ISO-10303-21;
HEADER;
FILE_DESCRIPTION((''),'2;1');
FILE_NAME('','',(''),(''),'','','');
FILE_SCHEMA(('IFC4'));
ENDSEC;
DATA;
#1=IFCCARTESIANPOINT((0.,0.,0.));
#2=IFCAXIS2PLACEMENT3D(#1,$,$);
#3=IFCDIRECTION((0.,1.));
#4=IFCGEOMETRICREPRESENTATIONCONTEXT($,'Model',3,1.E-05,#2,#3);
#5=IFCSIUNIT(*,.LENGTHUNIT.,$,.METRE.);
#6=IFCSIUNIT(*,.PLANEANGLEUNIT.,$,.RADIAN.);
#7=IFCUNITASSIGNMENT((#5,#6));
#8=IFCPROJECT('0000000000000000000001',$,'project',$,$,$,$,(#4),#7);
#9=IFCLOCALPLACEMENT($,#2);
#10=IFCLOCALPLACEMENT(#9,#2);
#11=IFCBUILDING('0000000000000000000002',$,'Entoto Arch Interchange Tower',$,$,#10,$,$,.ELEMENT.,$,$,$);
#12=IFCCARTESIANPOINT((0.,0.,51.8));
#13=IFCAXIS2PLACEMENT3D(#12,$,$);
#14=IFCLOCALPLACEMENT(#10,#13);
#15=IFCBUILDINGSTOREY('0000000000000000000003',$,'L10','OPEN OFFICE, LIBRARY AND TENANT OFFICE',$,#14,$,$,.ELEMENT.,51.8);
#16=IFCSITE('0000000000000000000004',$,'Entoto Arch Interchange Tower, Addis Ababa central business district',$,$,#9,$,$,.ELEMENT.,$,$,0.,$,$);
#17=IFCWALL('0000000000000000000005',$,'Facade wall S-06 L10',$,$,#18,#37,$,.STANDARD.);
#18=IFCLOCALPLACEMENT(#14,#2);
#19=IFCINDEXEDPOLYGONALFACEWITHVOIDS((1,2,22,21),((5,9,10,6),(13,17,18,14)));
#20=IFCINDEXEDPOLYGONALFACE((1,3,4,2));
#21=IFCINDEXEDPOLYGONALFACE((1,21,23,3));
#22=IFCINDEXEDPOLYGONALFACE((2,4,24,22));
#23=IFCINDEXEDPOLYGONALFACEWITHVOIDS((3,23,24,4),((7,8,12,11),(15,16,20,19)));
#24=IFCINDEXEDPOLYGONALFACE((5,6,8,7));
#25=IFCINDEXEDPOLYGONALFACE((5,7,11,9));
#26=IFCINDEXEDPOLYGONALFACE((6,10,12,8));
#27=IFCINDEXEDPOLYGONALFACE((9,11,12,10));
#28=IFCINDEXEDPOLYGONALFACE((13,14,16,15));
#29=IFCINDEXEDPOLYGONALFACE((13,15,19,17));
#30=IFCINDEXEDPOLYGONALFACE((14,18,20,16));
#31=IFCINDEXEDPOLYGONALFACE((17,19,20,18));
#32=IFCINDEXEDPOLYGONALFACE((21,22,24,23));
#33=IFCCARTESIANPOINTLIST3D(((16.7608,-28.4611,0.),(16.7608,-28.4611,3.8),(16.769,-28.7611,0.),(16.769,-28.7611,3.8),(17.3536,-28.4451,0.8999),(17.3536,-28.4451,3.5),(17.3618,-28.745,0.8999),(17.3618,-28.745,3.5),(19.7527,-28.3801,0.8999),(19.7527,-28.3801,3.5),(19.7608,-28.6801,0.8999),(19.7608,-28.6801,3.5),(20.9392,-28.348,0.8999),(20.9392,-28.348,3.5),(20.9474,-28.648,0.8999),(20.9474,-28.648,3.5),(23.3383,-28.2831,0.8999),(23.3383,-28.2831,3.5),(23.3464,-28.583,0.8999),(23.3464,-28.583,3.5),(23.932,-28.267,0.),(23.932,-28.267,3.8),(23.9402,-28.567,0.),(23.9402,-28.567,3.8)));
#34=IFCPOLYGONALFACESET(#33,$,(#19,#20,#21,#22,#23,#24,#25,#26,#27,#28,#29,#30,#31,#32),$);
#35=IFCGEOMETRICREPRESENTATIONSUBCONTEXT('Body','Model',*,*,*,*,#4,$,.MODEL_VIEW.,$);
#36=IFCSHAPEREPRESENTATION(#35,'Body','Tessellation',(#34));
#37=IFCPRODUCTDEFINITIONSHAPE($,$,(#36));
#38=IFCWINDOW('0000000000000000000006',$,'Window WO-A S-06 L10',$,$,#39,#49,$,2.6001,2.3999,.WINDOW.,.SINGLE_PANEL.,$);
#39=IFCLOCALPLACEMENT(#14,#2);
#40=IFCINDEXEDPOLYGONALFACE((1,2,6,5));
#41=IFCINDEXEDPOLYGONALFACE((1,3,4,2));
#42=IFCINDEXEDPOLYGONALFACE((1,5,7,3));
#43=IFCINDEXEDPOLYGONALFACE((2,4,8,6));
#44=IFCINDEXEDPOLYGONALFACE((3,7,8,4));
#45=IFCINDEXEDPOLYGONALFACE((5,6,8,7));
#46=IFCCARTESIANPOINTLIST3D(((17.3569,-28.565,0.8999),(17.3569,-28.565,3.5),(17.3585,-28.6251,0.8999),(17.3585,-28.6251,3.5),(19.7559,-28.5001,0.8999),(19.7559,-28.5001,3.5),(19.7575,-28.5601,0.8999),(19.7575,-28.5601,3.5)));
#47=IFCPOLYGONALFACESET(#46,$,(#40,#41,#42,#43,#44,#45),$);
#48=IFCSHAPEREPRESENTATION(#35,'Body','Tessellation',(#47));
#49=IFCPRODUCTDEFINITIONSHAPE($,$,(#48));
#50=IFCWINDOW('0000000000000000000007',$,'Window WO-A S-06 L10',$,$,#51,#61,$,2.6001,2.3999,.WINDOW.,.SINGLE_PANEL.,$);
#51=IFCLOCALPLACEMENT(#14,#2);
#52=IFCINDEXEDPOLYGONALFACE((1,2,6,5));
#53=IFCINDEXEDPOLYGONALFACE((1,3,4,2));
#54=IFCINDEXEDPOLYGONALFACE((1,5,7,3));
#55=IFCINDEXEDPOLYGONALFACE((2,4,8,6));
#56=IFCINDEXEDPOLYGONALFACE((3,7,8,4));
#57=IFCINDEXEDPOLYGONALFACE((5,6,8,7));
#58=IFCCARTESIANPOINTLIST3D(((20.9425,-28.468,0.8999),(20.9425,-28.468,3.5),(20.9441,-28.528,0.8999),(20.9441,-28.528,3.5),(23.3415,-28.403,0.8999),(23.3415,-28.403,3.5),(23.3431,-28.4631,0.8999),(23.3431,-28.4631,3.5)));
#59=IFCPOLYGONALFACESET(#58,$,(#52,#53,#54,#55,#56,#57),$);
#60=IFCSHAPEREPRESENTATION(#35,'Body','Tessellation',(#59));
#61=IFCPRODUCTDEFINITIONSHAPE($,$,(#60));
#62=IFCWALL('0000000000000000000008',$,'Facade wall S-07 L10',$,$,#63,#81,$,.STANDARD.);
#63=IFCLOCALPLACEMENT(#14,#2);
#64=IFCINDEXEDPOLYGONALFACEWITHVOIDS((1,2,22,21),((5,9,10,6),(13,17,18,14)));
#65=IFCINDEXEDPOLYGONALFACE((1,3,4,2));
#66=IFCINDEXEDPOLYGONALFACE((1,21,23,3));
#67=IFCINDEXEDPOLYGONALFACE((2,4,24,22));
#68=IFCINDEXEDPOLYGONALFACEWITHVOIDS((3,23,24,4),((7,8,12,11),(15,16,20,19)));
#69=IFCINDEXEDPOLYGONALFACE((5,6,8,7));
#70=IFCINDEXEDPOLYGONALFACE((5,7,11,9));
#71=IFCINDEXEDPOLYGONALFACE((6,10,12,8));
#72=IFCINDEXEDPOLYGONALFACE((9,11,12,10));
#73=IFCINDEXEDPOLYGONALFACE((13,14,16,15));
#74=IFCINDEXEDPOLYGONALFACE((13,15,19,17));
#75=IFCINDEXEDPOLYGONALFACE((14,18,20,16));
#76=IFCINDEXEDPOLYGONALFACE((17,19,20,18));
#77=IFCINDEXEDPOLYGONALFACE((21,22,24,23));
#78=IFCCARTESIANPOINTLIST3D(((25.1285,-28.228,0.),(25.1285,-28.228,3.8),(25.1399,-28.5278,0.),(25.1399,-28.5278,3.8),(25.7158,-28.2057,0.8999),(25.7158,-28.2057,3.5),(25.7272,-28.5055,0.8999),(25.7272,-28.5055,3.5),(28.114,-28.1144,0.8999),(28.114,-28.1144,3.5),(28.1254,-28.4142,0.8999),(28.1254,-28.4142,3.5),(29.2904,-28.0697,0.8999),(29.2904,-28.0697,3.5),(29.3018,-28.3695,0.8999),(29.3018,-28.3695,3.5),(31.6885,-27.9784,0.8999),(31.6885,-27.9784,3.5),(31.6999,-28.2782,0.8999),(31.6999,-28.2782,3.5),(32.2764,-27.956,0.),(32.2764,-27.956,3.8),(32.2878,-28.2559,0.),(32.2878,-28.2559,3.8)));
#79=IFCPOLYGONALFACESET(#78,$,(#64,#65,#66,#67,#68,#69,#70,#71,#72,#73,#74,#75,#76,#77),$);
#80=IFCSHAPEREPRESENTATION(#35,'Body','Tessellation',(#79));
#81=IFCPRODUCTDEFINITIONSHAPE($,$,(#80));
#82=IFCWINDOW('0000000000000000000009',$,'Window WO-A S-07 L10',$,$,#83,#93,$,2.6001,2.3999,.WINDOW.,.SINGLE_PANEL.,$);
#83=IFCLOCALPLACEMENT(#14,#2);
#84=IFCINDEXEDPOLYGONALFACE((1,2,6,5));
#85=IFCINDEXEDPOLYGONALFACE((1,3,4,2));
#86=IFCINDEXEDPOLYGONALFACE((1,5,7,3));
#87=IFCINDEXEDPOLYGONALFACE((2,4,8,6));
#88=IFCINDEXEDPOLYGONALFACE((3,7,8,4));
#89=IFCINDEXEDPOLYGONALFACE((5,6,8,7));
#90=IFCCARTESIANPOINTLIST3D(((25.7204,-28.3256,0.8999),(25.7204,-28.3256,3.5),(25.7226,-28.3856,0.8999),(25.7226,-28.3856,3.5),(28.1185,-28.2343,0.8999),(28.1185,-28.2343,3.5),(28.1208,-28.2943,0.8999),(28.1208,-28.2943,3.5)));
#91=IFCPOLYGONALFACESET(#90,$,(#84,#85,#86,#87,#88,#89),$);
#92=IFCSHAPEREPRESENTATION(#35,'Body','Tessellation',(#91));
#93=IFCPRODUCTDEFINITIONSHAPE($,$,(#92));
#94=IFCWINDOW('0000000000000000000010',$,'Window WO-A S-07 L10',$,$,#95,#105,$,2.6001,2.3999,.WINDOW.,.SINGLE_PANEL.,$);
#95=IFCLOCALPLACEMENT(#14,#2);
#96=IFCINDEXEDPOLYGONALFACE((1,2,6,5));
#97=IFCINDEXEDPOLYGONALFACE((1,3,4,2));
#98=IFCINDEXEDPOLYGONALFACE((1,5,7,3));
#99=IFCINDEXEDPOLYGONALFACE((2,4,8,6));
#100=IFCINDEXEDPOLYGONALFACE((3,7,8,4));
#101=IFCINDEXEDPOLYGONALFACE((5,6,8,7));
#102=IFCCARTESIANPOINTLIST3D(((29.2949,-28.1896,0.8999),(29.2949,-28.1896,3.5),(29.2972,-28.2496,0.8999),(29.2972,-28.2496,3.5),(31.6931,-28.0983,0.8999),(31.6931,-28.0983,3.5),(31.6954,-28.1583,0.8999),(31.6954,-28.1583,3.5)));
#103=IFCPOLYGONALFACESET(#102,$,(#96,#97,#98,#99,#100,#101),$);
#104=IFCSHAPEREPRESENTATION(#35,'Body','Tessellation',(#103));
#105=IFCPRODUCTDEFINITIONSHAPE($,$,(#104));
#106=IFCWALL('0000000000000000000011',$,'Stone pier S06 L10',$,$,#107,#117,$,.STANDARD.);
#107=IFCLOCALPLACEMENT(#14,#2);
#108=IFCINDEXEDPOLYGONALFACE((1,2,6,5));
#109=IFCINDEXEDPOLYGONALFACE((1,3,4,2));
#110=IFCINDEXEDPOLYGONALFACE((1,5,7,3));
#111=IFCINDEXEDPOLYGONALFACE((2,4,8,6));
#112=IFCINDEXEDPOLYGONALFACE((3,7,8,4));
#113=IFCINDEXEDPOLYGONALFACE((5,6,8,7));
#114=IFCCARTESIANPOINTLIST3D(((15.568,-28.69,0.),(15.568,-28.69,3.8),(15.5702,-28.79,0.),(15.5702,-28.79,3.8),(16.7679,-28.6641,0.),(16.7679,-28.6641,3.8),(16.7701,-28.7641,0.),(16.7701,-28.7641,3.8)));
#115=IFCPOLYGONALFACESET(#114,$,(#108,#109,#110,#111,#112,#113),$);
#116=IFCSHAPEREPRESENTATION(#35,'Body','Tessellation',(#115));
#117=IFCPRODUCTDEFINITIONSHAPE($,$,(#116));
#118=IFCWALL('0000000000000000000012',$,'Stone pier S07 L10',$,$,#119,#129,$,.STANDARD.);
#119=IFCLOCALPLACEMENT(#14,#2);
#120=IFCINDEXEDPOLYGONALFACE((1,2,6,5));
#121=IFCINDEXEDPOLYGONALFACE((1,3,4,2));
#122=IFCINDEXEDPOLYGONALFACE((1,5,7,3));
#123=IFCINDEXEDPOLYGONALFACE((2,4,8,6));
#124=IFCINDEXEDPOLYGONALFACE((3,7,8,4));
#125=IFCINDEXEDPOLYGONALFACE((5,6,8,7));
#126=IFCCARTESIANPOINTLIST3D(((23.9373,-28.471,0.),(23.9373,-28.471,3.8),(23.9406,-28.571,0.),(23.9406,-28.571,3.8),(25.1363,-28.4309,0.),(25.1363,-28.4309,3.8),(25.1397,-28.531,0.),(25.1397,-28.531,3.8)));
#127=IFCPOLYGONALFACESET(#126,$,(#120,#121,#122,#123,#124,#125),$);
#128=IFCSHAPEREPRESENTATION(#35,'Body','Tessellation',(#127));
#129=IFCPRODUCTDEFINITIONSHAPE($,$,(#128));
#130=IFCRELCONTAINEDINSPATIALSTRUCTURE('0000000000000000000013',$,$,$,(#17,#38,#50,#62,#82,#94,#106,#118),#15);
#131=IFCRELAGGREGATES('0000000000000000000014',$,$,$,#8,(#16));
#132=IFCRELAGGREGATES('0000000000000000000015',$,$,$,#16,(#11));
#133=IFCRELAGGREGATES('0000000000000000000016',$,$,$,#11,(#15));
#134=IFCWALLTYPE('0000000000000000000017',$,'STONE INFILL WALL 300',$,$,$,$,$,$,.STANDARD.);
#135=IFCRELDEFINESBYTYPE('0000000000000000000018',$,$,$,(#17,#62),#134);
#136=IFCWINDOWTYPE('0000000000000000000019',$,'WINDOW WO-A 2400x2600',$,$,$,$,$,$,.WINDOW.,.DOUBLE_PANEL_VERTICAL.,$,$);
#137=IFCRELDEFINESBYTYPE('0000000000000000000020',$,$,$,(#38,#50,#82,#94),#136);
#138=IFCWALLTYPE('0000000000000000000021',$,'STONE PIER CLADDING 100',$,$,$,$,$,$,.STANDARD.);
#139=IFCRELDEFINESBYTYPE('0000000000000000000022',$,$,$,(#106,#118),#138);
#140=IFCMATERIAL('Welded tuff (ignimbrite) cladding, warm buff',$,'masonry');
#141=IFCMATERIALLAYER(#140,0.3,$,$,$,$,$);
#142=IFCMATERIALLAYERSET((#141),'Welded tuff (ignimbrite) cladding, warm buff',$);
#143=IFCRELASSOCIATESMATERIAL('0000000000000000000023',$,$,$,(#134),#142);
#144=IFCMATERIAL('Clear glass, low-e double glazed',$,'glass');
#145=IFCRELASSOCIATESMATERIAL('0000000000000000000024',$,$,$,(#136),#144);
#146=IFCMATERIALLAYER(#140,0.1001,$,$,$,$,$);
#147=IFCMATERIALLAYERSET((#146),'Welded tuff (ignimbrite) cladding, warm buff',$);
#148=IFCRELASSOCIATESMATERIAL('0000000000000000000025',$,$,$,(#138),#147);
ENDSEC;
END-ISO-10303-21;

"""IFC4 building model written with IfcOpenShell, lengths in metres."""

from ifc_helpers import new_model, si_unit, direction, frame, frame_2d, origin, place, context, subcontext, project, spatial, rectangle, extrude, material, layer, layer_set, type_object, element, fill, save


model = new_model("IFC4")

# Units and contexts
model_context = context("Model", 3, precision=1e-05, world=origin(), true_north=direction((0.0, 1.0)))
body_context = subcontext(model_context, "Body", "Model", "MODEL_VIEW")
ifc_project = project(units=[si_unit("LENGTHUNIT", "METRE"), si_unit("PLANEANGLEUNIT", "RADIAN")], contexts=[model_context])

# Site, building, storey
site_placement = place(None, origin())
site = spatial("IfcSite", under=ifc_project, at=site_placement, Name="Entoto Arch Interchange Tower, Addis Ababa central business district", CompositionType="ELEMENT", RefElevation=0.0)
building_placement = place(site_placement, origin())
building = spatial("IfcBuilding", under=site, at=building_placement, Name="Entoto Arch Interchange Tower", CompositionType="ELEMENT")
storey_placement = place(building_placement, frame((0.0, 0.0, 51.8)))
storey = spatial("IfcBuildingStorey", under=building, at=storey_placement, Name="L10", Description="OPEN OFFICE, LIBRARY AND TENANT OFFICE", CompositionType="ELEMENT", Elevation=51.8)

# Walls, openings, windows
ifc_material_1 = material(Name="Welded tuff (ignimbrite) cladding, warm buff", Category="masonry")
ifc_layer_1 = layer(ifc_material_1, 0.3)
ifc_layer_set_1 = layer_set([ifc_layer_1], Name="Welded tuff (ignimbrite) cladding, warm buff")
wall_type_1 = type_object("IfcWallType", Name="STONE INFILL WALL 300", PredefinedType="STANDARD", material=ifc_layer_set_1)
wall_1_placement = place(storey_placement, frame((16.7649, -28.6111, 0.0), z_axis=(0.0, 0.0, 1.0), x_axis=(0.999634, 0.027056, 0.0)))
wall_1 = element("IfcWall", 1, at=wall_1_placement, inside=storey, type_object=wall_type_1, Name="Facade wall S-06 L10", PredefinedType="STANDARD", context=body_context, shape_type="SweptSolid", body=[
    extrude(rectangle(XDim=7.1738, YDim=0.3, at=frame_2d((3.5869, 0.0))), origin(), (0.0, 0.0, 1.0), 3.8),
])
opening_1_placement = place(wall_1_placement, frame((0.593, 0.0, 0.8999)))
opening_1 = element("IfcOpeningElement", 2, at=opening_1_placement, cuts=wall_1, PredefinedType="OPENING", context=body_context, shape_type="SweptSolid", body=[
    extrude(rectangle(XDim=2.3999, YDim=2.6001, at=frame_2d((1.2, 1.3))), frame((0.0, 0.1602, 0.0), z_axis=(0.0, -1.0, 0.0), x_axis=(1.0, 0.0, 0.0)), (0.0, 0.0, 1.0), 0.3201),
])
opening_2_placement = place(wall_1_placement, frame((4.1799, 0.0, 0.8999)))
opening_2 = element("IfcOpeningElement", 3, at=opening_2_placement, cuts=wall_1, PredefinedType="OPENING", context=body_context, shape_type="SweptSolid", body=[
    extrude(rectangle(XDim=2.3999, YDim=2.6001, at=frame_2d((1.2, 1.3))), frame((0.0, 0.1602, 0.0), z_axis=(0.0, -1.0, 0.0), x_axis=(1.0, 0.0, 0.0)), (0.0, 0.0, 1.0), 0.3201),
])
ifc_material_2 = material(Name="Clear glass, low-e double glazed", Category="glass")
window_type = type_object("IfcWindowType", Name="WINDOW WO-A 2400x2600", PartitioningType="DOUBLE_PANEL_VERTICAL", PredefinedType="WINDOW", material=ifc_material_2)
window_1_placement = place(opening_1_placement, origin())
window_1 = element("IfcWindow", 4, at=window_1_placement, inside=storey, type_object=window_type, Name="Window WO-A S-06 L10", OverallHeight=2.6001, OverallWidth=2.3999, PartitioningType="SINGLE_PANEL", PredefinedType="WINDOW", context=body_context, shape_type="SweptSolid", body=[
    extrude(rectangle(XDim=2.3999, YDim=2.6001, at=frame_2d((1.2, 1.3))), frame((0.0, 0.03, 0.0), z_axis=(0.0, -1.0, 0.0), x_axis=(1.0, 0.0, 0.0)), (0.0, 0.0, 1.0), 0.0601),
])
fill(opening_1, window_1)
window_2_placement = place(opening_2_placement, origin())
window_2 = element("IfcWindow", 5, at=window_2_placement, inside=storey, type_object=window_type, Name="Window WO-A S-06 L10", OverallHeight=2.6001, OverallWidth=2.3999, PartitioningType="SINGLE_PANEL", PredefinedType="WINDOW", context=body_context, shape_type="SweptSolid", body=[
    extrude(rectangle(XDim=2.3999, YDim=2.6001, at=frame_2d((1.2, 1.3))), frame((0.0, 0.03, 0.0), z_axis=(0.0, -1.0, 0.0), x_axis=(1.0, 0.0, 0.0)), (0.0, 0.0, 1.0), 0.0601),
])
fill(opening_2, window_2)
wall_2_placement = place(storey_placement, frame((25.134, -28.3779, 0.0), z_axis=(0.0, 0.0, 1.0), x_axis=(0.999277, 0.038022, 0.0)))
wall_2 = element("IfcWall", 6, at=wall_2_placement, inside=storey, type_object=wall_type_1, Name="Facade wall S-07 L10", PredefinedType="STANDARD", context=body_context, shape_type="SweptSolid", body=[
    extrude(rectangle(XDim=7.1531, YDim=0.3, at=frame_2d((3.5767, 0.0))), origin(), (0.0, 0.0, 1.0), 3.8),
])
opening_3_placement = place(wall_2_placement, frame((0.5879, 0.0, 0.8999)))
opening_3 = element("IfcOpeningElement", 7, at=opening_3_placement, cuts=wall_2, PredefinedType="OPENING", context=body_context, shape_type="SweptSolid", body=[
    extrude(rectangle(XDim=2.3999, YDim=2.6001, at=frame_2d((1.2, 1.3))), frame((0.0, 0.1602, 0.0), z_axis=(0.0, -1.0, 0.0), x_axis=(1.0, 0.0, 0.0)), (0.0, 0.0, 1.0), 0.3201),
])
opening_4_placement = place(wall_2_placement, frame((4.165, 0.0, 0.8999)))
opening_4 = element("IfcOpeningElement", 8, at=opening_4_placement, cuts=wall_2, PredefinedType="OPENING", context=body_context, shape_type="SweptSolid", body=[
    extrude(rectangle(XDim=2.3999, YDim=2.6001, at=frame_2d((1.2, 1.3))), frame((0.0, 0.1602, 0.0), z_axis=(0.0, -1.0, 0.0), x_axis=(1.0, 0.0, 0.0)), (0.0, 0.0, 1.0), 0.3201),
])
window_3_placement = place(opening_3_placement, origin())
window_3 = element("IfcWindow", 9, at=window_3_placement, inside=storey, type_object=window_type, Name="Window WO-A S-07 L10", OverallHeight=2.6001, OverallWidth=2.3999, PartitioningType="SINGLE_PANEL", PredefinedType="WINDOW", context=body_context, shape_type="SweptSolid", body=[
    extrude(rectangle(XDim=2.3999, YDim=2.6001, at=frame_2d((1.2, 1.3))), frame((0.0, 0.03, 0.0), z_axis=(0.0, -1.0, 0.0), x_axis=(1.0, 0.0, 0.0)), (0.0, 0.0, 1.0), 0.0601),
])
fill(opening_3, window_3)
window_4_placement = place(opening_4_placement, origin())
window_4 = element("IfcWindow", 10, at=window_4_placement, inside=storey, type_object=window_type, Name="Window WO-A S-07 L10", OverallHeight=2.6001, OverallWidth=2.3999, PartitioningType="SINGLE_PANEL", PredefinedType="WINDOW", context=body_context, shape_type="SweptSolid", body=[
    extrude(rectangle(XDim=2.3999, YDim=2.6001, at=frame_2d((1.2, 1.3))), frame((0.0, 0.03, 0.0), z_axis=(0.0, -1.0, 0.0), x_axis=(1.0, 0.0, 0.0)), (0.0, 0.0, 1.0), 0.0601),
])
fill(opening_4, window_4)

# Walls
ifc_layer_2 = layer(ifc_material_1, 0.1001)
ifc_layer_set_2 = layer_set([ifc_layer_2], Name="Welded tuff (ignimbrite) cladding, warm buff")
wall_type_2 = type_object("IfcWallType", Name="STONE PIER CLADDING 100", PredefinedType="STANDARD", material=ifc_layer_set_2)
wall_3_placement = place(storey_placement, frame((15.5691, -28.74, 0.0), z_axis=(0.0, 0.0, 1.0), x_axis=(0.999768, 0.021562, 0.0)))
element("IfcWall", 11, at=wall_3_placement, inside=storey, type_object=wall_type_2, Name="Stone pier S06 L10", PredefinedType="STANDARD", context=body_context, shape_type="SweptSolid", body=[
    extrude(rectangle(XDim=1.2002, YDim=0.1001, at=frame_2d((0.6001, 0.0))), origin(), (0.0, 0.0, 1.0), 3.8),
])
wall_4_placement = place(storey_placement, frame((23.939, -28.521, 0.0), z_axis=(0.0, 0.0, 1.0), x_axis=(0.999443, 0.033376, 0.0)))
element("IfcWall", 12, at=wall_4_placement, inside=storey, type_object=wall_type_2, Name="Stone pier S07 L10", PredefinedType="STANDARD", context=body_context, shape_type="SweptSolid", body=[
    extrude(rectangle(XDim=1.1997, YDim=0.1001, at=frame_2d((0.5999, 0.0))), origin(), (0.0, 0.0, 1.0), 3.8),
])

save(model, "model.ifc")
